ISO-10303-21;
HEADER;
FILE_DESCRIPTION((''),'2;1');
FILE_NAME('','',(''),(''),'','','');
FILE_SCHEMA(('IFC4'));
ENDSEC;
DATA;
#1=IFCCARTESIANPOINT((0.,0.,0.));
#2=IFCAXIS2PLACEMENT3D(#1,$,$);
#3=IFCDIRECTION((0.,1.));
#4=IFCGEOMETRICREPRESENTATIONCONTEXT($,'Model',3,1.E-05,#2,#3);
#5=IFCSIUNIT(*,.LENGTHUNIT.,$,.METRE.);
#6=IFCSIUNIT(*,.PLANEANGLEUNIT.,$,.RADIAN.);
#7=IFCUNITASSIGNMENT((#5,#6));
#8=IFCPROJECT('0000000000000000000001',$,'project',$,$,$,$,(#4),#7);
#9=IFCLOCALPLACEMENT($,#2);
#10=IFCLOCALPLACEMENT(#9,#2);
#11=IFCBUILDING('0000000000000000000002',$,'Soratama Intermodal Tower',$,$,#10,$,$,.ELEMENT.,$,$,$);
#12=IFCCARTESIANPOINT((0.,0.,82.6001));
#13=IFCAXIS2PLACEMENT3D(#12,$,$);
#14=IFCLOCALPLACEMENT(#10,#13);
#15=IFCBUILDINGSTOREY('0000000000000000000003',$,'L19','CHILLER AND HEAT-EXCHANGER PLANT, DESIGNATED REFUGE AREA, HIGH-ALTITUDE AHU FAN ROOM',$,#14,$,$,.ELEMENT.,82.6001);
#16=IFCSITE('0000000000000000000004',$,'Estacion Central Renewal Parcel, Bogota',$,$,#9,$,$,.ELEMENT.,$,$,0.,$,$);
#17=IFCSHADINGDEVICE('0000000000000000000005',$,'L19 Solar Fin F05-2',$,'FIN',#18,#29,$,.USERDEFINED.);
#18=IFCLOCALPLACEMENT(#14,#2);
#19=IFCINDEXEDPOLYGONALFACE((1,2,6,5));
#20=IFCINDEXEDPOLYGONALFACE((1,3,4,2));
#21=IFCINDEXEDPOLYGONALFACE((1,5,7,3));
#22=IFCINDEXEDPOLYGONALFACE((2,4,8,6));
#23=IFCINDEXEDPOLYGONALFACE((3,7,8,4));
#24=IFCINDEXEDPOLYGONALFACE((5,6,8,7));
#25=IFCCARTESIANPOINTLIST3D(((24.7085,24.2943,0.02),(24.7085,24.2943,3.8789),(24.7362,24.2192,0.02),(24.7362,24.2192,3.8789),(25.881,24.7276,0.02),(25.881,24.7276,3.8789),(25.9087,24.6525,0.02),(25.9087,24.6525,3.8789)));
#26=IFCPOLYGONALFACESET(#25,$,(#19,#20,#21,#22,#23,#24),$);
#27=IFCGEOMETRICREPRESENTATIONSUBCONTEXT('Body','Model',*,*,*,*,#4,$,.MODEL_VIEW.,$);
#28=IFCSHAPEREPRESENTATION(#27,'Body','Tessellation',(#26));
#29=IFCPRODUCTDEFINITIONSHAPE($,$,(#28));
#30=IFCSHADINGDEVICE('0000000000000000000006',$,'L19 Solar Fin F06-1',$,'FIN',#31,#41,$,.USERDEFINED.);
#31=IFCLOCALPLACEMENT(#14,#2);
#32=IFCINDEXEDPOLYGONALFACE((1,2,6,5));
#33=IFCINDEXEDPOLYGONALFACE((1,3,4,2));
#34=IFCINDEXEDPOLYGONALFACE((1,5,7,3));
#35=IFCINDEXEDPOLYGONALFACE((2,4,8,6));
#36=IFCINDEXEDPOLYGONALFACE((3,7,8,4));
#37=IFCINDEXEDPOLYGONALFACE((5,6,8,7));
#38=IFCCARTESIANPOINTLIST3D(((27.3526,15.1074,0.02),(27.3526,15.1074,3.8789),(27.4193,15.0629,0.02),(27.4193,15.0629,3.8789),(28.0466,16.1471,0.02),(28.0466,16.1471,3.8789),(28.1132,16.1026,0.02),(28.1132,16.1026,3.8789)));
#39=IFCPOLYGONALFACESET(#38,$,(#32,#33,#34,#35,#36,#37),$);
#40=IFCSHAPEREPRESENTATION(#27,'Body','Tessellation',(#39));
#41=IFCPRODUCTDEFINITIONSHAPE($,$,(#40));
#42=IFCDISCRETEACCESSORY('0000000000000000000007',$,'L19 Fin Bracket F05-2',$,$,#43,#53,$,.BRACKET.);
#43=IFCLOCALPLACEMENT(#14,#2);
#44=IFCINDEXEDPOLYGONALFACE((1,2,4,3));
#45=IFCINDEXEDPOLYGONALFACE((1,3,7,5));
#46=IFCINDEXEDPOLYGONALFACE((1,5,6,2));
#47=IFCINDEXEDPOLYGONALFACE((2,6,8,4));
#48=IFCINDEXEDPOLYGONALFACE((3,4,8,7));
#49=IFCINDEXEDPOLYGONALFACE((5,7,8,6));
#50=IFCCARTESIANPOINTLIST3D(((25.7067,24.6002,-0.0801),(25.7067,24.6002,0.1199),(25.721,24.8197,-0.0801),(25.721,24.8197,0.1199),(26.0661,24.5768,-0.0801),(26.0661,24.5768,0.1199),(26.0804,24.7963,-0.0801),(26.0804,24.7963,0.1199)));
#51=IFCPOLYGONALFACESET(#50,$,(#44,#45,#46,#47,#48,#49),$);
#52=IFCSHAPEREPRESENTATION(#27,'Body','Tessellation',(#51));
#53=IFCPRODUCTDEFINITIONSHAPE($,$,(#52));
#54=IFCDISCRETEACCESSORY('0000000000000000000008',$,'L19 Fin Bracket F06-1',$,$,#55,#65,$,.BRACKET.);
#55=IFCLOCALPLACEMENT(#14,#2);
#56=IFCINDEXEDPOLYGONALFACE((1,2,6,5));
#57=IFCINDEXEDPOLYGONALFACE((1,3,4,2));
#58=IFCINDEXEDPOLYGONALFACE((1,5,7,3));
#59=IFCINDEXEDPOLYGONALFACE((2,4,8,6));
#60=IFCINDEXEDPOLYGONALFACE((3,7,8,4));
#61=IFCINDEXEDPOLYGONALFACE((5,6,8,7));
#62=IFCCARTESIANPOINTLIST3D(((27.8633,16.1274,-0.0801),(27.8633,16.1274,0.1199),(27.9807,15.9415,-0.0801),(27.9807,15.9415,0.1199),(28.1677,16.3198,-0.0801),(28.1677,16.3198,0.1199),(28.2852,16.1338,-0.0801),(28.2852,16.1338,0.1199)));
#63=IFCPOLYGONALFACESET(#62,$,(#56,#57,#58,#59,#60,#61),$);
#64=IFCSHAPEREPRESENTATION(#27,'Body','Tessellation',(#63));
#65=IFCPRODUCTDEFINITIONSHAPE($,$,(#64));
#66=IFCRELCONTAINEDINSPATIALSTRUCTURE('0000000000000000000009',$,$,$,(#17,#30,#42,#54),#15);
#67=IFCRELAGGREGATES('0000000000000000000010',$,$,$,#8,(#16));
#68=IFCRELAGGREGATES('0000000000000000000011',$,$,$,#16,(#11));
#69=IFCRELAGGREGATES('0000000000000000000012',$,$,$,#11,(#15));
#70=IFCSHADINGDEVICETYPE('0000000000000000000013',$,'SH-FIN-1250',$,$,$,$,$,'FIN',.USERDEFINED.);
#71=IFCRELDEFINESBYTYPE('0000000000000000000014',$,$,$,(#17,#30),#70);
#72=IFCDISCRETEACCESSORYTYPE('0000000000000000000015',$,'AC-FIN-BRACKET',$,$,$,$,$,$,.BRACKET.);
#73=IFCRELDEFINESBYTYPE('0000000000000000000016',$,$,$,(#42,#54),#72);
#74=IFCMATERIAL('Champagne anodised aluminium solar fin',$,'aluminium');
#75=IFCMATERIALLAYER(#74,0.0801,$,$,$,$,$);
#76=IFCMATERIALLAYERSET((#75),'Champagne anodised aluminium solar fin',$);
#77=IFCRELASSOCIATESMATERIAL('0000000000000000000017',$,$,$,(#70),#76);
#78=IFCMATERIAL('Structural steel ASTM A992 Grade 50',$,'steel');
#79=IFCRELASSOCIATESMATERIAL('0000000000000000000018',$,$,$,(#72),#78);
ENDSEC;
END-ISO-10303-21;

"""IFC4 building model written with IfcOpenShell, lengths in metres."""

from ifc_helpers import new_model, si_unit, direction, frame, origin, origin_2d, place, context, subcontext, project, spatial, rectangle, extrude, material, layer, layer_set, type_object, element, save


model = new_model("IFC4")

# Units and contexts
model_context = context("Model", 3, precision=1e-05, world=origin(), true_north=direction((0.0, 1.0)))
body_context = subcontext(model_context, "Body", "Model", "MODEL_VIEW")
ifc_project = project(units=[si_unit("LENGTHUNIT", "METRE"), si_unit("PLANEANGLEUNIT", "RADIAN")], contexts=[model_context])

# Site, building, storey
site_placement = place(None, origin())
site = spatial("IfcSite", under=ifc_project, at=site_placement, Name="Estacion Central Renewal Parcel, Bogota", CompositionType="ELEMENT", RefElevation=0.0)
building_placement = place(site_placement, origin())
building = spatial("IfcBuilding", under=site, at=building_placement, Name="Soratama Intermodal Tower", CompositionType="ELEMENT")
storey_placement = place(building_placement, frame((0.0, 0.0, 82.6001)))
storey = spatial("IfcBuildingStorey", under=building, at=storey_placement, Name="L19", Description="CHILLER AND HEAT-EXCHANGER PLANT, DESIGNATED REFUGE AREA, HIGH-ALTITUDE AHU FAN ROOM", CompositionType="ELEMENT", Elevation=82.6001)

# Shading devices
ifc_material_1 = material(Name="Champagne anodised aluminium solar fin", Category="aluminium")
ifc_layer_1 = layer(ifc_material_1, 0.0801)
ifc_layer_set_1 = layer_set([ifc_layer_1], Name="Champagne anodised aluminium solar fin")
shading_device_type = type_object("IfcShadingDeviceType", Name="SH-FIN-1250", ElementType="FIN", PredefinedType="USERDEFINED", material=ifc_layer_set_1)
for number, where, z_axis, x_axis, name in (
    (1, (25.3086, 24.4734, 0.02), (0.0, 0.0, 1.0), (-0.93801, -0.346608, 0.0), "L19 Solar Fin F05-2"),
    (2, (27.7329, 15.605, 0.02), (0.0, 0.0, 1.0), (-0.555135, -0.83176, 0.0), "L19 Solar Fin F06-1"),
):
    element("IfcShadingDevice", number, at=place(storey_placement, frame(where, z_axis=z_axis, x_axis=x_axis)), inside=storey, type_object=shading_device_type, Name=name, ObjectType="FIN", PredefinedType="USERDEFINED", context=body_context, shape_type="SweptSolid", body=[
        extrude(rectangle(XDim=1.25, YDim=0.0801, at=origin_2d()), origin(), (0.0, 0.0, 1.0), 3.8589),
    ])

# Discrete accessories
ifc_material_2 = material(Name="Structural steel ASTM A992 Grade 50", Category="steel")
discrete_accessory_type = type_object("IfcDiscreteAccessoryType", Name="AC-FIN-BRACKET", PredefinedType="BRACKET", material=ifc_material_2)
for number, where, z_axis, x_axis, name in (
    (3, (25.8936, 24.6982, -0.0801), (0.0, 0.0, 1.0), (-0.997893, 0.064881, 0.0), "L19 Fin Bracket F05-2"),
    (4, (28.0742, 16.1306, -0.0801), (0.0, 0.0, 1.0), (-0.845448, -0.534057, 0.0), "L19 Fin Bracket F06-1"),
):
    element("IfcDiscreteAccessory", number, at=place(storey_placement, frame(where, z_axis=z_axis, x_axis=x_axis)), inside=storey, type_object=discrete_accessory_type, Name=name, PredefinedType="BRACKET", context=body_context, shape_type="SweptSolid", body=[
        extrude(rectangle(XDim=0.3601, YDim=0.22, at=origin_2d()), origin(), (0.0, 0.0, 1.0), 0.2),
    ])

save(model, "model.ifc")
